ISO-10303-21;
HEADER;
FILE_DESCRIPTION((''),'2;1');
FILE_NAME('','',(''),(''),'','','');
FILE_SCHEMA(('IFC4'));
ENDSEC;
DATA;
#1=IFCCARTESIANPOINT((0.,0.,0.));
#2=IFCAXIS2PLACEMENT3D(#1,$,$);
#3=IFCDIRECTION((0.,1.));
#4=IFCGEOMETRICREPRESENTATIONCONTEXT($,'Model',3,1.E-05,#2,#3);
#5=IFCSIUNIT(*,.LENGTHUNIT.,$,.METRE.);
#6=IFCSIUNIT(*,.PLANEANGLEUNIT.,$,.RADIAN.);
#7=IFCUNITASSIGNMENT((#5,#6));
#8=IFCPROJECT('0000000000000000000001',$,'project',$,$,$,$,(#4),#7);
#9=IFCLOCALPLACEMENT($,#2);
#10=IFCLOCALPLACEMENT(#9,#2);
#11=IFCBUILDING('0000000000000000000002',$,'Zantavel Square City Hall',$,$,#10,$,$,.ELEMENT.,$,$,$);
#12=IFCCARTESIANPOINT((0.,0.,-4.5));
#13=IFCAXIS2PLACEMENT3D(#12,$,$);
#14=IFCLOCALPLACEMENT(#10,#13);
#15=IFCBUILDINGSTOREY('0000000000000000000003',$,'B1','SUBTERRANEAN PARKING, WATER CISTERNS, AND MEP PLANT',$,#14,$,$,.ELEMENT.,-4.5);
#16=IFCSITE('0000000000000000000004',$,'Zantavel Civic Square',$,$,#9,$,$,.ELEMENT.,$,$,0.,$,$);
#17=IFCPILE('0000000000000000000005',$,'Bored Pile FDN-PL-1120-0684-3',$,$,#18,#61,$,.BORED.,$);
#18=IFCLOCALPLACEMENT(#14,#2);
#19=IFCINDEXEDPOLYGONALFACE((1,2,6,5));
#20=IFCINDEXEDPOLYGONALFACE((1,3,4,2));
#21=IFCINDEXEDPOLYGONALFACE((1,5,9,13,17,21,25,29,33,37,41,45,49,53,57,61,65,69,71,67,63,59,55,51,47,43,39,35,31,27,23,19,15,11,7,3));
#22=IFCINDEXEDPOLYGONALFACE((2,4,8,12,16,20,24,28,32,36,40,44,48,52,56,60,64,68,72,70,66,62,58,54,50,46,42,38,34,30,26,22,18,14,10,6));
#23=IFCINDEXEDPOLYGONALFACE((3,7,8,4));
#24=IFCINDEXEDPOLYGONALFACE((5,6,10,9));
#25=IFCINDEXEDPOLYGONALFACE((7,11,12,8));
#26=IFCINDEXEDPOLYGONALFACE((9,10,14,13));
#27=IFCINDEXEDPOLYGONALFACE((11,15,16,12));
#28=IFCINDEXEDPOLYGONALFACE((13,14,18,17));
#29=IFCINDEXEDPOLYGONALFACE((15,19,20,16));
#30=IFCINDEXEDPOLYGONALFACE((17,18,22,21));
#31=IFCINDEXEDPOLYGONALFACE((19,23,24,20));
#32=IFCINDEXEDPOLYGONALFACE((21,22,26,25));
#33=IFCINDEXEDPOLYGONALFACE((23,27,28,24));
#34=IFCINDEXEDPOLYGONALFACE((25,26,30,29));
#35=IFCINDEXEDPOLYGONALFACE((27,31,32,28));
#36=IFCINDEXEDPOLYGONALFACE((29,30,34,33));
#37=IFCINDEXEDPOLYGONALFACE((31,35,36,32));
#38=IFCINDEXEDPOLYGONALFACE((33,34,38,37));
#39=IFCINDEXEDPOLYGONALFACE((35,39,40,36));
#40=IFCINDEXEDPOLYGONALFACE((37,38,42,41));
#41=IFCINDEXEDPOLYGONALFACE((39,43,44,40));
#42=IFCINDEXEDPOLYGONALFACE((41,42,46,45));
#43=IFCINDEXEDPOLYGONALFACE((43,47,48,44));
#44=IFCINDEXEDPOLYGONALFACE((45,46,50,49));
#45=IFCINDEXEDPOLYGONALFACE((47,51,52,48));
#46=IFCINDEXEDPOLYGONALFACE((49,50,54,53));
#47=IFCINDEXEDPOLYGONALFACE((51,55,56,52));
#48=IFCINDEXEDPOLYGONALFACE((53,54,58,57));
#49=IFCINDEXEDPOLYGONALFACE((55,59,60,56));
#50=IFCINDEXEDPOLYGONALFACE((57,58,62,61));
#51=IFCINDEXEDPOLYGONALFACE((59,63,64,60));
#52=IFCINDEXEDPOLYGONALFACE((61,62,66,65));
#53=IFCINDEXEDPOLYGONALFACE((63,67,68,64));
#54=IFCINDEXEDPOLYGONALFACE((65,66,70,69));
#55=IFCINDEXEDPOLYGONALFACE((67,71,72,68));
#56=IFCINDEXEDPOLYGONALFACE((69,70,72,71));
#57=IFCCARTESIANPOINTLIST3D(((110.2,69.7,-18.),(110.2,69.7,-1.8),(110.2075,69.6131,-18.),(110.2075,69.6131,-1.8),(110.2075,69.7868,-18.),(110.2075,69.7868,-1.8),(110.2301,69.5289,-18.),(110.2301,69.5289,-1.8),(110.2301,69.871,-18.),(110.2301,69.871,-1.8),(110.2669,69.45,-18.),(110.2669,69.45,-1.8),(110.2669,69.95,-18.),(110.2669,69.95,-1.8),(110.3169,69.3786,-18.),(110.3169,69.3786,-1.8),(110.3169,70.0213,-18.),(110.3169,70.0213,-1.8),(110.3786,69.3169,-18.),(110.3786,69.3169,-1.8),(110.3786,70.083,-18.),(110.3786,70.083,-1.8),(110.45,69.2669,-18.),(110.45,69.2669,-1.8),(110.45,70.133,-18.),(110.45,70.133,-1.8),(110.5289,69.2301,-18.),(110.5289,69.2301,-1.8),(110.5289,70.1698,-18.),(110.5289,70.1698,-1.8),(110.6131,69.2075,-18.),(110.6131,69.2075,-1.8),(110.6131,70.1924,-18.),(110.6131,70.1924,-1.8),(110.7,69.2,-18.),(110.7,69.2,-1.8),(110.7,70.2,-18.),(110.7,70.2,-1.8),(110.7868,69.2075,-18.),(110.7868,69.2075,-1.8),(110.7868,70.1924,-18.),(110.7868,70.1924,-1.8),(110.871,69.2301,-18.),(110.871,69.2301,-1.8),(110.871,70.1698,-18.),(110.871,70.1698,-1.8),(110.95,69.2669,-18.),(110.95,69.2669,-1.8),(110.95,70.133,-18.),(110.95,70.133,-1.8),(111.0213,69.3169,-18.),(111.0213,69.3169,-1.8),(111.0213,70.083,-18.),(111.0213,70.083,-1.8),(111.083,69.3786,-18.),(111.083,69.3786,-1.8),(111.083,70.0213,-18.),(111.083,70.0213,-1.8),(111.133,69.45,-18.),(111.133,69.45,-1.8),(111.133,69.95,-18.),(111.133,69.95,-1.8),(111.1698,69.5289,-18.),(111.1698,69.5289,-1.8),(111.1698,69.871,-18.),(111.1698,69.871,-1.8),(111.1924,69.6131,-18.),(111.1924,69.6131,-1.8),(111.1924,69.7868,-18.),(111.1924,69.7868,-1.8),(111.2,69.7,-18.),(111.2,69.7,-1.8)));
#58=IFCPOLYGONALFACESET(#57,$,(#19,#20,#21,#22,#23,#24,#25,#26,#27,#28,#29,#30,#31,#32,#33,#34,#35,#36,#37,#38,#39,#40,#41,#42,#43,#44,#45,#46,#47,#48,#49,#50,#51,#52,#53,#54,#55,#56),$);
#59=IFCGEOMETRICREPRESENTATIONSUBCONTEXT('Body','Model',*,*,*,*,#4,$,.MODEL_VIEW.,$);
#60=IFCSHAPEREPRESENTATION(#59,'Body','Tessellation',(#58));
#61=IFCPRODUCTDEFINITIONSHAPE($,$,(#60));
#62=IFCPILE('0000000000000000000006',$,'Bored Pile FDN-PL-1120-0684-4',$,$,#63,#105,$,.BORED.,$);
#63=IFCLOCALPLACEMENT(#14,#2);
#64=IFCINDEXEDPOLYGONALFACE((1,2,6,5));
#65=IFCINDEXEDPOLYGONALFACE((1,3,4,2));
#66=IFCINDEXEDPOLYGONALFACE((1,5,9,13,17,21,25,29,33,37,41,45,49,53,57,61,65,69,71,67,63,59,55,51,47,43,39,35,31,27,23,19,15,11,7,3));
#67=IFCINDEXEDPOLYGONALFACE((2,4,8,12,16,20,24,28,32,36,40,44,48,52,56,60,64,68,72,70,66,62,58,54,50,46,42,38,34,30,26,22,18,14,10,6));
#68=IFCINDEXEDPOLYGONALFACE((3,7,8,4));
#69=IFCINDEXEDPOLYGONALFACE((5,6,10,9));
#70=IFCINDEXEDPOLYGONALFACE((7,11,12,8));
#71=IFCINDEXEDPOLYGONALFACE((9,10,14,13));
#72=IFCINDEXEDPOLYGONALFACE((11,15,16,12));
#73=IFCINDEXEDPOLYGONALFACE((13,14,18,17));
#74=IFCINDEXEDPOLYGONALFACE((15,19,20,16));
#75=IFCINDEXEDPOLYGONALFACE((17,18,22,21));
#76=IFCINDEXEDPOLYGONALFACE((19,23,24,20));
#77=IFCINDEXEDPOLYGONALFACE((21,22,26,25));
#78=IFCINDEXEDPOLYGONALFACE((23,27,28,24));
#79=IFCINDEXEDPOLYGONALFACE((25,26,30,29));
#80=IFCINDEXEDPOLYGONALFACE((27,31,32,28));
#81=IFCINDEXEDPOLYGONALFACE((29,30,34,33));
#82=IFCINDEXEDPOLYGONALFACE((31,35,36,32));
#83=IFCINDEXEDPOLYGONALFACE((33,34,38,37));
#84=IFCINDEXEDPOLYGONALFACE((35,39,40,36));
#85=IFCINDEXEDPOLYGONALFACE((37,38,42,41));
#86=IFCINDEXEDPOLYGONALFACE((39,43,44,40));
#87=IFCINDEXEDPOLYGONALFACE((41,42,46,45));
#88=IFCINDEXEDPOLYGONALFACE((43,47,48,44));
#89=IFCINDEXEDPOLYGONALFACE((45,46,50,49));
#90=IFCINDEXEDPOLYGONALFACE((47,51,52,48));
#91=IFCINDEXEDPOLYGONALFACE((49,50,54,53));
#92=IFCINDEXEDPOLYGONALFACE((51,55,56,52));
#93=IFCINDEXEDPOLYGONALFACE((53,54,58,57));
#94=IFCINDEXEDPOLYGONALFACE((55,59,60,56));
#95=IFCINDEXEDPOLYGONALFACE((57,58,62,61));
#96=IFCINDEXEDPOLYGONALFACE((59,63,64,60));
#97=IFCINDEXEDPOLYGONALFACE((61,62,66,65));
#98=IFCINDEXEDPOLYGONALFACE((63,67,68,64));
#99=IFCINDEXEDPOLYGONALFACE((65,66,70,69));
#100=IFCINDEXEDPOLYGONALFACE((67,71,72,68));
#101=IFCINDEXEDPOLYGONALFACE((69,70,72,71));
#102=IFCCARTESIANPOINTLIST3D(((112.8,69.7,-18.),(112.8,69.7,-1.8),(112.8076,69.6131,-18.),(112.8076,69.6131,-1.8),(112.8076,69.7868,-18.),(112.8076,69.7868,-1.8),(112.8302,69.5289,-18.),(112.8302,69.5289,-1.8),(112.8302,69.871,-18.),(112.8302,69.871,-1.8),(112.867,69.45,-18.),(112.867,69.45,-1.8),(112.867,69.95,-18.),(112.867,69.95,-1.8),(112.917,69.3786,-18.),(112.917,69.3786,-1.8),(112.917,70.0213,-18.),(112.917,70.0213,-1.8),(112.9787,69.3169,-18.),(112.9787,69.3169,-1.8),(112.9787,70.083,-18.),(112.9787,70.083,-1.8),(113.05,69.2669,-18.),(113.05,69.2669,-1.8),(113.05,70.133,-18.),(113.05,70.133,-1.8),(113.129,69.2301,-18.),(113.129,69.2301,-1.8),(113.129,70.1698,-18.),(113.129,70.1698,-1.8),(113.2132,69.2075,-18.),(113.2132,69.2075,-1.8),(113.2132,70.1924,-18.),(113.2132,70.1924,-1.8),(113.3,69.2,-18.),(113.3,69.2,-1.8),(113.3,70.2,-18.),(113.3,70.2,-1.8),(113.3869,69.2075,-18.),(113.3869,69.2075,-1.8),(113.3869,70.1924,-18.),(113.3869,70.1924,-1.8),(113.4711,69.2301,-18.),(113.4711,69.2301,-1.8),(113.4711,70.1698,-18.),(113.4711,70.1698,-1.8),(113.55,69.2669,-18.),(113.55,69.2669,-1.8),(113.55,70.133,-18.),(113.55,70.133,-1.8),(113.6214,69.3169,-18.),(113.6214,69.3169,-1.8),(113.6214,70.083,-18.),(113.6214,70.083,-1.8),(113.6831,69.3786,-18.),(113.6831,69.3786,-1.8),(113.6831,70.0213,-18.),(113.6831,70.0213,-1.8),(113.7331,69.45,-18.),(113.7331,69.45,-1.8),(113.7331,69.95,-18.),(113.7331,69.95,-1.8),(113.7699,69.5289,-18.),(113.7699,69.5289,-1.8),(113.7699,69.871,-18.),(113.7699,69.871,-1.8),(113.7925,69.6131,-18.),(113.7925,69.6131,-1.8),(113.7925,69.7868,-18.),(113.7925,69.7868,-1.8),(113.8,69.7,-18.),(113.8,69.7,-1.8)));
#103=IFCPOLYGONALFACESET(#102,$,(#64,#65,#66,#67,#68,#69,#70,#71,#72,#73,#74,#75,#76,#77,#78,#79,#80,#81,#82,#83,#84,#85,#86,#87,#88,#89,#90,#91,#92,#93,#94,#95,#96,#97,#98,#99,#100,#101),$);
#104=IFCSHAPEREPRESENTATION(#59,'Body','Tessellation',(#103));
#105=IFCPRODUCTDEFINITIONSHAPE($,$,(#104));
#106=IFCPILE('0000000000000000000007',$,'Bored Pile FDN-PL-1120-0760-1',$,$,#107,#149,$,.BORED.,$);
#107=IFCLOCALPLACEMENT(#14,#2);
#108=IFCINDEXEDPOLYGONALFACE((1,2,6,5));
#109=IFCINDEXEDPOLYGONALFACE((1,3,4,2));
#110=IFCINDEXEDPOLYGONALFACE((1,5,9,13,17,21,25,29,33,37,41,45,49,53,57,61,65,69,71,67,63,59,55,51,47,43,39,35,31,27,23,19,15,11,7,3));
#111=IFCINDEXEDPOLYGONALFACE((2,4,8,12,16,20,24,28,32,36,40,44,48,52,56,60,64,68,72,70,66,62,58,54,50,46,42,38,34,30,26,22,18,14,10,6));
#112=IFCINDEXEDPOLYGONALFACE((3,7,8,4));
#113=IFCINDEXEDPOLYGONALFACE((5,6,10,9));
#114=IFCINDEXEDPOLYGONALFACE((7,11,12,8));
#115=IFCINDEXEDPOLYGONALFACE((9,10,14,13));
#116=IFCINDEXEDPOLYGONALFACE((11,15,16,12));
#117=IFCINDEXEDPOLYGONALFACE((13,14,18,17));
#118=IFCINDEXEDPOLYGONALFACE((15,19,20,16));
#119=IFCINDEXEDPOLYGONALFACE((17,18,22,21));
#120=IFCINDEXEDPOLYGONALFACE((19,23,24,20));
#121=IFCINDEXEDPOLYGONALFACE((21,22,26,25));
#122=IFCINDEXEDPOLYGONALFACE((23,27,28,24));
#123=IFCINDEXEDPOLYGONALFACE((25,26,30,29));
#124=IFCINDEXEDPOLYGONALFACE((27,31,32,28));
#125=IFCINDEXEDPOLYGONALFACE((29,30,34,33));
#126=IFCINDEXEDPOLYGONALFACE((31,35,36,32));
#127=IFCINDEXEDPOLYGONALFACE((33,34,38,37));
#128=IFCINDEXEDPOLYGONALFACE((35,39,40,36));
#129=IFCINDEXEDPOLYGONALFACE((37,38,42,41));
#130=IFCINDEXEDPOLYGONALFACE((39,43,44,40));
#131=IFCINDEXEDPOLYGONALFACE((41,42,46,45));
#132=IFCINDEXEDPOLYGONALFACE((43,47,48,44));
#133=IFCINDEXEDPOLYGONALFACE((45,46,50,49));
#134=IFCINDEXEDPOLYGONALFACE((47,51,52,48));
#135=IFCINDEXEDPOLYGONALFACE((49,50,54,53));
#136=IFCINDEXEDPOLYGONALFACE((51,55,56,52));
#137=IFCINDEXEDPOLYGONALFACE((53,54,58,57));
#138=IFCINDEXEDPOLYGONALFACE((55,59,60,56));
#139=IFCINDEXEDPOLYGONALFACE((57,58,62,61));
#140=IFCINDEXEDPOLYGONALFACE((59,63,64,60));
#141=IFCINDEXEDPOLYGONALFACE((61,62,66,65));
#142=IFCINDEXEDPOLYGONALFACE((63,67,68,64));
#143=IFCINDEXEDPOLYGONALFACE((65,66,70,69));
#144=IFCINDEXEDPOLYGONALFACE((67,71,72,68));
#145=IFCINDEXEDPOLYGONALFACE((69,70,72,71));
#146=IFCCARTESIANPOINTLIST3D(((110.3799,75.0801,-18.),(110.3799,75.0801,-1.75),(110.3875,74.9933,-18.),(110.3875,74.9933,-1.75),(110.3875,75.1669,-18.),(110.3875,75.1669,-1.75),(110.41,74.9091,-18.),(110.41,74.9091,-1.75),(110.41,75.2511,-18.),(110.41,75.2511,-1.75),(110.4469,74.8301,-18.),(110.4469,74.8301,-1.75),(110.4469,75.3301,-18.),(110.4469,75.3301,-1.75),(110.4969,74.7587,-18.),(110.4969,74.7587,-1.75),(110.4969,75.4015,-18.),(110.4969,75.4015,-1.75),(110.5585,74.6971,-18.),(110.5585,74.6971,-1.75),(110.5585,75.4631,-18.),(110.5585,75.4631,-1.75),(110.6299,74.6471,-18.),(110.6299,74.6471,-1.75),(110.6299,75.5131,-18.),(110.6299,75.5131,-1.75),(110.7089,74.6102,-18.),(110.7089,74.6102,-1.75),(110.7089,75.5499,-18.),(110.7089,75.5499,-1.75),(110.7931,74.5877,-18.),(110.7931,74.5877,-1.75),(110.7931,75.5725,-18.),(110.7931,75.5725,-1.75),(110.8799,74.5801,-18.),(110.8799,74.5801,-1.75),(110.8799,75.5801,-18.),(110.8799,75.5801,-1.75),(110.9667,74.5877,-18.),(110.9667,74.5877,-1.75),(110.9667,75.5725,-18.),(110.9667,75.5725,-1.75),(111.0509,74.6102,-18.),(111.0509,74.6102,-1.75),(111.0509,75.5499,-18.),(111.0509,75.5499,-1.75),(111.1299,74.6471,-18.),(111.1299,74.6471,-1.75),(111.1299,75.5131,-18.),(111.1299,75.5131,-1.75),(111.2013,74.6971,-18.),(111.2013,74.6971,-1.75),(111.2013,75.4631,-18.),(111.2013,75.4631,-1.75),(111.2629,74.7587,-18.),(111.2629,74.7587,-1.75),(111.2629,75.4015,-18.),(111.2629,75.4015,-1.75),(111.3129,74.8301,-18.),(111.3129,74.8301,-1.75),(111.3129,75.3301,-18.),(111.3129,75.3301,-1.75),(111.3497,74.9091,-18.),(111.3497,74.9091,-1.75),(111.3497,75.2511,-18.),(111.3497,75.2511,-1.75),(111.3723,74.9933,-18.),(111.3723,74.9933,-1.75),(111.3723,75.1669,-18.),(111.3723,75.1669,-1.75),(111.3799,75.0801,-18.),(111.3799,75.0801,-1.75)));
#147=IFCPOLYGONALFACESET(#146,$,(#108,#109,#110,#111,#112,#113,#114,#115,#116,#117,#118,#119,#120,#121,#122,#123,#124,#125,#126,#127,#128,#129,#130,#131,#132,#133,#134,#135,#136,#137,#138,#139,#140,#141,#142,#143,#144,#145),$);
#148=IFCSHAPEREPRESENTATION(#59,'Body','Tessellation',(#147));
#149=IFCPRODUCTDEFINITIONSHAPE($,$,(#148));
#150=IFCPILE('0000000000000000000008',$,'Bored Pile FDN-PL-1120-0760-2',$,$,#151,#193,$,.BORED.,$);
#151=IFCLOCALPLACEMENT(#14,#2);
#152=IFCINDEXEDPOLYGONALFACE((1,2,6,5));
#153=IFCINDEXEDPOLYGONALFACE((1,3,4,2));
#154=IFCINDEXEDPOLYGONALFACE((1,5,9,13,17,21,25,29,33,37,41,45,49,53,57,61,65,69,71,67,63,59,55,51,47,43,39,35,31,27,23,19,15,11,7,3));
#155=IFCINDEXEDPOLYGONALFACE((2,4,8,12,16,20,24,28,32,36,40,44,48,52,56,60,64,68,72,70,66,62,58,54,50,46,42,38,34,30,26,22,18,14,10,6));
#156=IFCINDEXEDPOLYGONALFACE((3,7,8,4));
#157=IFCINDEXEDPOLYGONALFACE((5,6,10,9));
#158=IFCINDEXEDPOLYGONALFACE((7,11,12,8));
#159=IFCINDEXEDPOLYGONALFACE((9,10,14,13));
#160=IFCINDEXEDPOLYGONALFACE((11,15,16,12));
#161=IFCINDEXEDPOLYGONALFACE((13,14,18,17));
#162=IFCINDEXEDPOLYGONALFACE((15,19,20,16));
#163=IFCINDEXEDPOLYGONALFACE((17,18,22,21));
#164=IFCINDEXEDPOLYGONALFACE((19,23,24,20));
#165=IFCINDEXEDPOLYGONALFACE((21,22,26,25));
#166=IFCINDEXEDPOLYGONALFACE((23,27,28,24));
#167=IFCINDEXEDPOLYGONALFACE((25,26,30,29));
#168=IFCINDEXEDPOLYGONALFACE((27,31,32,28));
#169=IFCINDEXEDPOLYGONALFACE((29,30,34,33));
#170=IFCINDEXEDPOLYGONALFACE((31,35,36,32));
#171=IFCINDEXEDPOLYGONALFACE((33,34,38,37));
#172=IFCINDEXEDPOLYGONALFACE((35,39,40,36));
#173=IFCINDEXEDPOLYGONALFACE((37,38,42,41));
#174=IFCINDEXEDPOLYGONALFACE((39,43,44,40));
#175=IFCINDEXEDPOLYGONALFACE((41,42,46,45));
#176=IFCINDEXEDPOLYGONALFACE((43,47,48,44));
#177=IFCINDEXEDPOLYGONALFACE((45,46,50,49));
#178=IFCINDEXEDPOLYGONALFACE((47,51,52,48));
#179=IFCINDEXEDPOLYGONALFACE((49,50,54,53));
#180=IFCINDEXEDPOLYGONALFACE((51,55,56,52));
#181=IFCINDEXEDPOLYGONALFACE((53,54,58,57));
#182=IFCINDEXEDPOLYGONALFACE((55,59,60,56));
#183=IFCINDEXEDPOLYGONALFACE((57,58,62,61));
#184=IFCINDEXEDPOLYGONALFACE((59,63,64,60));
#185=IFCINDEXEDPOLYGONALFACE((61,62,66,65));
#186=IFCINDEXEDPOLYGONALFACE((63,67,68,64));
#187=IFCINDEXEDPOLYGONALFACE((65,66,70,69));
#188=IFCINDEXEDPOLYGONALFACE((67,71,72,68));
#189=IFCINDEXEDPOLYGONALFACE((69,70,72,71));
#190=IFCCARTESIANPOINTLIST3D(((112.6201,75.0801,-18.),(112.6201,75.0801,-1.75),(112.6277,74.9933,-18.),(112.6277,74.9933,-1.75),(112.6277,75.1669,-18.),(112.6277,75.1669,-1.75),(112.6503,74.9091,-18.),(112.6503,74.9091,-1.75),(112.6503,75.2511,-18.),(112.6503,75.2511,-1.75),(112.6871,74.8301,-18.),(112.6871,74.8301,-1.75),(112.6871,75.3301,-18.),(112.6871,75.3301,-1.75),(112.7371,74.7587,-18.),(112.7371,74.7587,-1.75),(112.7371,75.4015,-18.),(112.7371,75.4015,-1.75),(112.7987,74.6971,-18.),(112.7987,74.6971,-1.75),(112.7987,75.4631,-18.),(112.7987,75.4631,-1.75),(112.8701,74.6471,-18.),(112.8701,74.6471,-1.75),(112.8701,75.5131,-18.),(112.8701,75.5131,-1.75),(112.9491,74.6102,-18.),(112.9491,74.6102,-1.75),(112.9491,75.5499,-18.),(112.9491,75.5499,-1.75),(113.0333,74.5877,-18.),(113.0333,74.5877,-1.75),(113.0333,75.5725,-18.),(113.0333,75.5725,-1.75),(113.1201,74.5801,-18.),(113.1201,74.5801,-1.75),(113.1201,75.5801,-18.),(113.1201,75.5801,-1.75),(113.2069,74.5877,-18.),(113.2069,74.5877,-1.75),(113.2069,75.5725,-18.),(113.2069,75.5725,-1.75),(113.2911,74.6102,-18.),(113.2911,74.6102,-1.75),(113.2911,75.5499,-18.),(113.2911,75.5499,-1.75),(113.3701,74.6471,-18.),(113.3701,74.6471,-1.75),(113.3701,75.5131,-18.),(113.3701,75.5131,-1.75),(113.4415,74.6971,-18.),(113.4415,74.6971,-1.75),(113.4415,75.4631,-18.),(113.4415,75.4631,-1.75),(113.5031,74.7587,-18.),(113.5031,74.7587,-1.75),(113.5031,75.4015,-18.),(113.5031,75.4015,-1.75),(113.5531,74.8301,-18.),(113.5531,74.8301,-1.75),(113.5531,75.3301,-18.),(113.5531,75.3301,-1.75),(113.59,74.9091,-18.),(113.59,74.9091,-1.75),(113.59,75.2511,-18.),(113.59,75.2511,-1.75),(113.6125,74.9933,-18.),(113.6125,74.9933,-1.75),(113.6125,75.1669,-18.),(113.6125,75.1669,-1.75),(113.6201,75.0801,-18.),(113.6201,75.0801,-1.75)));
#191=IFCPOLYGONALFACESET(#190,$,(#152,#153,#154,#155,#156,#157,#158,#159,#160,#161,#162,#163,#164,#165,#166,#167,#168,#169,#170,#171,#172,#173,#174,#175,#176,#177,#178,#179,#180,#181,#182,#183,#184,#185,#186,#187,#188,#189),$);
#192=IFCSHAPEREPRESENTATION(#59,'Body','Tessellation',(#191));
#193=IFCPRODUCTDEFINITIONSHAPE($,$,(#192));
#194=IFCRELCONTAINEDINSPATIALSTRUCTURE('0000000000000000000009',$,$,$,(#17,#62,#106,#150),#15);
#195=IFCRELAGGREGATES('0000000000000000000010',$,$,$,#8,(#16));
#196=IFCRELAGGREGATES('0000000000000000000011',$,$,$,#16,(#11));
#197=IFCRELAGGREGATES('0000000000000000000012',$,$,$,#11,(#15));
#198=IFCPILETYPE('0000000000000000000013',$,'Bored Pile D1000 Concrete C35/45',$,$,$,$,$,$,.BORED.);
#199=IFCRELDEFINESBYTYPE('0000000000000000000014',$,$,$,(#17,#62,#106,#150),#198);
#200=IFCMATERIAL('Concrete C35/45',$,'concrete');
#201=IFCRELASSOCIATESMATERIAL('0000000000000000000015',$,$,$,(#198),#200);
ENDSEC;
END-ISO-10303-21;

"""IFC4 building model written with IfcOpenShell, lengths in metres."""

from ifc_helpers import new_model, si_unit, direction, frame, origin, origin_2d, place, context, subcontext, project, spatial, circle, extrude, material, material_profile, profile_set, type_object, element, save


model = new_model("IFC4")

# Units and contexts
model_context = context("Model", 3, precision=1e-05, world=origin(), true_north=direction((0.0, 1.0)))
body_context = subcontext(model_context, "Body", "Model", "MODEL_VIEW")
ifc_project = project(units=[si_unit("LENGTHUNIT", "METRE"), si_unit("PLANEANGLEUNIT", "RADIAN")], contexts=[model_context])

# Site, building, storey
site_placement = place(None, origin())
site = spatial("IfcSite", under=ifc_project, at=site_placement, Name="Zantavel Civic Square", CompositionType="ELEMENT", RefElevation=0.0)
building_placement = place(site_placement, origin())
building = spatial("IfcBuilding", under=site, at=building_placement, Name="Zantavel Square City Hall", CompositionType="ELEMENT")
storey_placement = place(building_placement, frame((0.0, 0.0, -4.5)))
storey = spatial("IfcBuildingStorey", under=building, at=storey_placement, Name="B1", Description="SUBTERRANEAN PARKING, WATER CISTERNS, AND MEP PLANT", CompositionType="ELEMENT", Elevation=-4.5)

# Piles
ifc_material_1 = material(Name="Concrete C35/45", Category="concrete")
ifc_material_profile_1 = material_profile(ifc_material_1, circle(Radius=0.5, at=origin_2d()), Name="PILE D1000")
ifc_profile_set_1 = profile_set([ifc_material_profile_1], Name="Concrete C35/45")
pile_type_1 = type_object("IfcPileType", Name="Bored Pile D1000 Concrete C35/45", PredefinedType="BORED", material=ifc_profile_set_1)
for number, where, z_axis, x_axis, name in (
    (1, (110.7, 69.7, -1.8), (0.0, 0.0, -1.0), (1.0, 0.0, 0.0), "Bored Pile FDN-PL-1120-0684-3"),
    (2, (113.3, 69.7, -1.8), (0.0, 0.0, -1.0), (1.0, 0.0, 0.0), "Bored Pile FDN-PL-1120-0684-4"),
):
    element("IfcPile", number, at=place(storey_placement, frame(where, z_axis=z_axis, x_axis=x_axis)), inside=storey, type_object=pile_type_1, Name=name, PredefinedType="BORED", context=body_context, shape_type="SweptSolid", body=[
        extrude(circle(Radius=0.5, at=origin_2d()), origin(), (0.0, 0.0, 1.0), 16.2),
    ])
for number, where, z_axis, x_axis, name in (
    (3, (110.8799, 75.0801, -1.75), (0.0, 0.0, -1.0), (1.0, 0.0, 0.0), "Bored Pile FDN-PL-1120-0760-1"),
    (4, (113.1201, 75.0801, -1.75), (0.0, 0.0, -1.0), (1.0, 0.0, 0.0), "Bored Pile FDN-PL-1120-0760-2"),
):
    element("IfcPile", number, at=place(storey_placement, frame(where, z_axis=z_axis, x_axis=x_axis)), inside=storey, type_object=pile_type_1, Name=name, PredefinedType="BORED", context=body_context, shape_type="SweptSolid", body=[
        extrude(circle(Radius=0.5, at=origin_2d()), origin(), (0.0, 0.0, 1.0), 16.25),
    ])

save(model, "model.ifc")
